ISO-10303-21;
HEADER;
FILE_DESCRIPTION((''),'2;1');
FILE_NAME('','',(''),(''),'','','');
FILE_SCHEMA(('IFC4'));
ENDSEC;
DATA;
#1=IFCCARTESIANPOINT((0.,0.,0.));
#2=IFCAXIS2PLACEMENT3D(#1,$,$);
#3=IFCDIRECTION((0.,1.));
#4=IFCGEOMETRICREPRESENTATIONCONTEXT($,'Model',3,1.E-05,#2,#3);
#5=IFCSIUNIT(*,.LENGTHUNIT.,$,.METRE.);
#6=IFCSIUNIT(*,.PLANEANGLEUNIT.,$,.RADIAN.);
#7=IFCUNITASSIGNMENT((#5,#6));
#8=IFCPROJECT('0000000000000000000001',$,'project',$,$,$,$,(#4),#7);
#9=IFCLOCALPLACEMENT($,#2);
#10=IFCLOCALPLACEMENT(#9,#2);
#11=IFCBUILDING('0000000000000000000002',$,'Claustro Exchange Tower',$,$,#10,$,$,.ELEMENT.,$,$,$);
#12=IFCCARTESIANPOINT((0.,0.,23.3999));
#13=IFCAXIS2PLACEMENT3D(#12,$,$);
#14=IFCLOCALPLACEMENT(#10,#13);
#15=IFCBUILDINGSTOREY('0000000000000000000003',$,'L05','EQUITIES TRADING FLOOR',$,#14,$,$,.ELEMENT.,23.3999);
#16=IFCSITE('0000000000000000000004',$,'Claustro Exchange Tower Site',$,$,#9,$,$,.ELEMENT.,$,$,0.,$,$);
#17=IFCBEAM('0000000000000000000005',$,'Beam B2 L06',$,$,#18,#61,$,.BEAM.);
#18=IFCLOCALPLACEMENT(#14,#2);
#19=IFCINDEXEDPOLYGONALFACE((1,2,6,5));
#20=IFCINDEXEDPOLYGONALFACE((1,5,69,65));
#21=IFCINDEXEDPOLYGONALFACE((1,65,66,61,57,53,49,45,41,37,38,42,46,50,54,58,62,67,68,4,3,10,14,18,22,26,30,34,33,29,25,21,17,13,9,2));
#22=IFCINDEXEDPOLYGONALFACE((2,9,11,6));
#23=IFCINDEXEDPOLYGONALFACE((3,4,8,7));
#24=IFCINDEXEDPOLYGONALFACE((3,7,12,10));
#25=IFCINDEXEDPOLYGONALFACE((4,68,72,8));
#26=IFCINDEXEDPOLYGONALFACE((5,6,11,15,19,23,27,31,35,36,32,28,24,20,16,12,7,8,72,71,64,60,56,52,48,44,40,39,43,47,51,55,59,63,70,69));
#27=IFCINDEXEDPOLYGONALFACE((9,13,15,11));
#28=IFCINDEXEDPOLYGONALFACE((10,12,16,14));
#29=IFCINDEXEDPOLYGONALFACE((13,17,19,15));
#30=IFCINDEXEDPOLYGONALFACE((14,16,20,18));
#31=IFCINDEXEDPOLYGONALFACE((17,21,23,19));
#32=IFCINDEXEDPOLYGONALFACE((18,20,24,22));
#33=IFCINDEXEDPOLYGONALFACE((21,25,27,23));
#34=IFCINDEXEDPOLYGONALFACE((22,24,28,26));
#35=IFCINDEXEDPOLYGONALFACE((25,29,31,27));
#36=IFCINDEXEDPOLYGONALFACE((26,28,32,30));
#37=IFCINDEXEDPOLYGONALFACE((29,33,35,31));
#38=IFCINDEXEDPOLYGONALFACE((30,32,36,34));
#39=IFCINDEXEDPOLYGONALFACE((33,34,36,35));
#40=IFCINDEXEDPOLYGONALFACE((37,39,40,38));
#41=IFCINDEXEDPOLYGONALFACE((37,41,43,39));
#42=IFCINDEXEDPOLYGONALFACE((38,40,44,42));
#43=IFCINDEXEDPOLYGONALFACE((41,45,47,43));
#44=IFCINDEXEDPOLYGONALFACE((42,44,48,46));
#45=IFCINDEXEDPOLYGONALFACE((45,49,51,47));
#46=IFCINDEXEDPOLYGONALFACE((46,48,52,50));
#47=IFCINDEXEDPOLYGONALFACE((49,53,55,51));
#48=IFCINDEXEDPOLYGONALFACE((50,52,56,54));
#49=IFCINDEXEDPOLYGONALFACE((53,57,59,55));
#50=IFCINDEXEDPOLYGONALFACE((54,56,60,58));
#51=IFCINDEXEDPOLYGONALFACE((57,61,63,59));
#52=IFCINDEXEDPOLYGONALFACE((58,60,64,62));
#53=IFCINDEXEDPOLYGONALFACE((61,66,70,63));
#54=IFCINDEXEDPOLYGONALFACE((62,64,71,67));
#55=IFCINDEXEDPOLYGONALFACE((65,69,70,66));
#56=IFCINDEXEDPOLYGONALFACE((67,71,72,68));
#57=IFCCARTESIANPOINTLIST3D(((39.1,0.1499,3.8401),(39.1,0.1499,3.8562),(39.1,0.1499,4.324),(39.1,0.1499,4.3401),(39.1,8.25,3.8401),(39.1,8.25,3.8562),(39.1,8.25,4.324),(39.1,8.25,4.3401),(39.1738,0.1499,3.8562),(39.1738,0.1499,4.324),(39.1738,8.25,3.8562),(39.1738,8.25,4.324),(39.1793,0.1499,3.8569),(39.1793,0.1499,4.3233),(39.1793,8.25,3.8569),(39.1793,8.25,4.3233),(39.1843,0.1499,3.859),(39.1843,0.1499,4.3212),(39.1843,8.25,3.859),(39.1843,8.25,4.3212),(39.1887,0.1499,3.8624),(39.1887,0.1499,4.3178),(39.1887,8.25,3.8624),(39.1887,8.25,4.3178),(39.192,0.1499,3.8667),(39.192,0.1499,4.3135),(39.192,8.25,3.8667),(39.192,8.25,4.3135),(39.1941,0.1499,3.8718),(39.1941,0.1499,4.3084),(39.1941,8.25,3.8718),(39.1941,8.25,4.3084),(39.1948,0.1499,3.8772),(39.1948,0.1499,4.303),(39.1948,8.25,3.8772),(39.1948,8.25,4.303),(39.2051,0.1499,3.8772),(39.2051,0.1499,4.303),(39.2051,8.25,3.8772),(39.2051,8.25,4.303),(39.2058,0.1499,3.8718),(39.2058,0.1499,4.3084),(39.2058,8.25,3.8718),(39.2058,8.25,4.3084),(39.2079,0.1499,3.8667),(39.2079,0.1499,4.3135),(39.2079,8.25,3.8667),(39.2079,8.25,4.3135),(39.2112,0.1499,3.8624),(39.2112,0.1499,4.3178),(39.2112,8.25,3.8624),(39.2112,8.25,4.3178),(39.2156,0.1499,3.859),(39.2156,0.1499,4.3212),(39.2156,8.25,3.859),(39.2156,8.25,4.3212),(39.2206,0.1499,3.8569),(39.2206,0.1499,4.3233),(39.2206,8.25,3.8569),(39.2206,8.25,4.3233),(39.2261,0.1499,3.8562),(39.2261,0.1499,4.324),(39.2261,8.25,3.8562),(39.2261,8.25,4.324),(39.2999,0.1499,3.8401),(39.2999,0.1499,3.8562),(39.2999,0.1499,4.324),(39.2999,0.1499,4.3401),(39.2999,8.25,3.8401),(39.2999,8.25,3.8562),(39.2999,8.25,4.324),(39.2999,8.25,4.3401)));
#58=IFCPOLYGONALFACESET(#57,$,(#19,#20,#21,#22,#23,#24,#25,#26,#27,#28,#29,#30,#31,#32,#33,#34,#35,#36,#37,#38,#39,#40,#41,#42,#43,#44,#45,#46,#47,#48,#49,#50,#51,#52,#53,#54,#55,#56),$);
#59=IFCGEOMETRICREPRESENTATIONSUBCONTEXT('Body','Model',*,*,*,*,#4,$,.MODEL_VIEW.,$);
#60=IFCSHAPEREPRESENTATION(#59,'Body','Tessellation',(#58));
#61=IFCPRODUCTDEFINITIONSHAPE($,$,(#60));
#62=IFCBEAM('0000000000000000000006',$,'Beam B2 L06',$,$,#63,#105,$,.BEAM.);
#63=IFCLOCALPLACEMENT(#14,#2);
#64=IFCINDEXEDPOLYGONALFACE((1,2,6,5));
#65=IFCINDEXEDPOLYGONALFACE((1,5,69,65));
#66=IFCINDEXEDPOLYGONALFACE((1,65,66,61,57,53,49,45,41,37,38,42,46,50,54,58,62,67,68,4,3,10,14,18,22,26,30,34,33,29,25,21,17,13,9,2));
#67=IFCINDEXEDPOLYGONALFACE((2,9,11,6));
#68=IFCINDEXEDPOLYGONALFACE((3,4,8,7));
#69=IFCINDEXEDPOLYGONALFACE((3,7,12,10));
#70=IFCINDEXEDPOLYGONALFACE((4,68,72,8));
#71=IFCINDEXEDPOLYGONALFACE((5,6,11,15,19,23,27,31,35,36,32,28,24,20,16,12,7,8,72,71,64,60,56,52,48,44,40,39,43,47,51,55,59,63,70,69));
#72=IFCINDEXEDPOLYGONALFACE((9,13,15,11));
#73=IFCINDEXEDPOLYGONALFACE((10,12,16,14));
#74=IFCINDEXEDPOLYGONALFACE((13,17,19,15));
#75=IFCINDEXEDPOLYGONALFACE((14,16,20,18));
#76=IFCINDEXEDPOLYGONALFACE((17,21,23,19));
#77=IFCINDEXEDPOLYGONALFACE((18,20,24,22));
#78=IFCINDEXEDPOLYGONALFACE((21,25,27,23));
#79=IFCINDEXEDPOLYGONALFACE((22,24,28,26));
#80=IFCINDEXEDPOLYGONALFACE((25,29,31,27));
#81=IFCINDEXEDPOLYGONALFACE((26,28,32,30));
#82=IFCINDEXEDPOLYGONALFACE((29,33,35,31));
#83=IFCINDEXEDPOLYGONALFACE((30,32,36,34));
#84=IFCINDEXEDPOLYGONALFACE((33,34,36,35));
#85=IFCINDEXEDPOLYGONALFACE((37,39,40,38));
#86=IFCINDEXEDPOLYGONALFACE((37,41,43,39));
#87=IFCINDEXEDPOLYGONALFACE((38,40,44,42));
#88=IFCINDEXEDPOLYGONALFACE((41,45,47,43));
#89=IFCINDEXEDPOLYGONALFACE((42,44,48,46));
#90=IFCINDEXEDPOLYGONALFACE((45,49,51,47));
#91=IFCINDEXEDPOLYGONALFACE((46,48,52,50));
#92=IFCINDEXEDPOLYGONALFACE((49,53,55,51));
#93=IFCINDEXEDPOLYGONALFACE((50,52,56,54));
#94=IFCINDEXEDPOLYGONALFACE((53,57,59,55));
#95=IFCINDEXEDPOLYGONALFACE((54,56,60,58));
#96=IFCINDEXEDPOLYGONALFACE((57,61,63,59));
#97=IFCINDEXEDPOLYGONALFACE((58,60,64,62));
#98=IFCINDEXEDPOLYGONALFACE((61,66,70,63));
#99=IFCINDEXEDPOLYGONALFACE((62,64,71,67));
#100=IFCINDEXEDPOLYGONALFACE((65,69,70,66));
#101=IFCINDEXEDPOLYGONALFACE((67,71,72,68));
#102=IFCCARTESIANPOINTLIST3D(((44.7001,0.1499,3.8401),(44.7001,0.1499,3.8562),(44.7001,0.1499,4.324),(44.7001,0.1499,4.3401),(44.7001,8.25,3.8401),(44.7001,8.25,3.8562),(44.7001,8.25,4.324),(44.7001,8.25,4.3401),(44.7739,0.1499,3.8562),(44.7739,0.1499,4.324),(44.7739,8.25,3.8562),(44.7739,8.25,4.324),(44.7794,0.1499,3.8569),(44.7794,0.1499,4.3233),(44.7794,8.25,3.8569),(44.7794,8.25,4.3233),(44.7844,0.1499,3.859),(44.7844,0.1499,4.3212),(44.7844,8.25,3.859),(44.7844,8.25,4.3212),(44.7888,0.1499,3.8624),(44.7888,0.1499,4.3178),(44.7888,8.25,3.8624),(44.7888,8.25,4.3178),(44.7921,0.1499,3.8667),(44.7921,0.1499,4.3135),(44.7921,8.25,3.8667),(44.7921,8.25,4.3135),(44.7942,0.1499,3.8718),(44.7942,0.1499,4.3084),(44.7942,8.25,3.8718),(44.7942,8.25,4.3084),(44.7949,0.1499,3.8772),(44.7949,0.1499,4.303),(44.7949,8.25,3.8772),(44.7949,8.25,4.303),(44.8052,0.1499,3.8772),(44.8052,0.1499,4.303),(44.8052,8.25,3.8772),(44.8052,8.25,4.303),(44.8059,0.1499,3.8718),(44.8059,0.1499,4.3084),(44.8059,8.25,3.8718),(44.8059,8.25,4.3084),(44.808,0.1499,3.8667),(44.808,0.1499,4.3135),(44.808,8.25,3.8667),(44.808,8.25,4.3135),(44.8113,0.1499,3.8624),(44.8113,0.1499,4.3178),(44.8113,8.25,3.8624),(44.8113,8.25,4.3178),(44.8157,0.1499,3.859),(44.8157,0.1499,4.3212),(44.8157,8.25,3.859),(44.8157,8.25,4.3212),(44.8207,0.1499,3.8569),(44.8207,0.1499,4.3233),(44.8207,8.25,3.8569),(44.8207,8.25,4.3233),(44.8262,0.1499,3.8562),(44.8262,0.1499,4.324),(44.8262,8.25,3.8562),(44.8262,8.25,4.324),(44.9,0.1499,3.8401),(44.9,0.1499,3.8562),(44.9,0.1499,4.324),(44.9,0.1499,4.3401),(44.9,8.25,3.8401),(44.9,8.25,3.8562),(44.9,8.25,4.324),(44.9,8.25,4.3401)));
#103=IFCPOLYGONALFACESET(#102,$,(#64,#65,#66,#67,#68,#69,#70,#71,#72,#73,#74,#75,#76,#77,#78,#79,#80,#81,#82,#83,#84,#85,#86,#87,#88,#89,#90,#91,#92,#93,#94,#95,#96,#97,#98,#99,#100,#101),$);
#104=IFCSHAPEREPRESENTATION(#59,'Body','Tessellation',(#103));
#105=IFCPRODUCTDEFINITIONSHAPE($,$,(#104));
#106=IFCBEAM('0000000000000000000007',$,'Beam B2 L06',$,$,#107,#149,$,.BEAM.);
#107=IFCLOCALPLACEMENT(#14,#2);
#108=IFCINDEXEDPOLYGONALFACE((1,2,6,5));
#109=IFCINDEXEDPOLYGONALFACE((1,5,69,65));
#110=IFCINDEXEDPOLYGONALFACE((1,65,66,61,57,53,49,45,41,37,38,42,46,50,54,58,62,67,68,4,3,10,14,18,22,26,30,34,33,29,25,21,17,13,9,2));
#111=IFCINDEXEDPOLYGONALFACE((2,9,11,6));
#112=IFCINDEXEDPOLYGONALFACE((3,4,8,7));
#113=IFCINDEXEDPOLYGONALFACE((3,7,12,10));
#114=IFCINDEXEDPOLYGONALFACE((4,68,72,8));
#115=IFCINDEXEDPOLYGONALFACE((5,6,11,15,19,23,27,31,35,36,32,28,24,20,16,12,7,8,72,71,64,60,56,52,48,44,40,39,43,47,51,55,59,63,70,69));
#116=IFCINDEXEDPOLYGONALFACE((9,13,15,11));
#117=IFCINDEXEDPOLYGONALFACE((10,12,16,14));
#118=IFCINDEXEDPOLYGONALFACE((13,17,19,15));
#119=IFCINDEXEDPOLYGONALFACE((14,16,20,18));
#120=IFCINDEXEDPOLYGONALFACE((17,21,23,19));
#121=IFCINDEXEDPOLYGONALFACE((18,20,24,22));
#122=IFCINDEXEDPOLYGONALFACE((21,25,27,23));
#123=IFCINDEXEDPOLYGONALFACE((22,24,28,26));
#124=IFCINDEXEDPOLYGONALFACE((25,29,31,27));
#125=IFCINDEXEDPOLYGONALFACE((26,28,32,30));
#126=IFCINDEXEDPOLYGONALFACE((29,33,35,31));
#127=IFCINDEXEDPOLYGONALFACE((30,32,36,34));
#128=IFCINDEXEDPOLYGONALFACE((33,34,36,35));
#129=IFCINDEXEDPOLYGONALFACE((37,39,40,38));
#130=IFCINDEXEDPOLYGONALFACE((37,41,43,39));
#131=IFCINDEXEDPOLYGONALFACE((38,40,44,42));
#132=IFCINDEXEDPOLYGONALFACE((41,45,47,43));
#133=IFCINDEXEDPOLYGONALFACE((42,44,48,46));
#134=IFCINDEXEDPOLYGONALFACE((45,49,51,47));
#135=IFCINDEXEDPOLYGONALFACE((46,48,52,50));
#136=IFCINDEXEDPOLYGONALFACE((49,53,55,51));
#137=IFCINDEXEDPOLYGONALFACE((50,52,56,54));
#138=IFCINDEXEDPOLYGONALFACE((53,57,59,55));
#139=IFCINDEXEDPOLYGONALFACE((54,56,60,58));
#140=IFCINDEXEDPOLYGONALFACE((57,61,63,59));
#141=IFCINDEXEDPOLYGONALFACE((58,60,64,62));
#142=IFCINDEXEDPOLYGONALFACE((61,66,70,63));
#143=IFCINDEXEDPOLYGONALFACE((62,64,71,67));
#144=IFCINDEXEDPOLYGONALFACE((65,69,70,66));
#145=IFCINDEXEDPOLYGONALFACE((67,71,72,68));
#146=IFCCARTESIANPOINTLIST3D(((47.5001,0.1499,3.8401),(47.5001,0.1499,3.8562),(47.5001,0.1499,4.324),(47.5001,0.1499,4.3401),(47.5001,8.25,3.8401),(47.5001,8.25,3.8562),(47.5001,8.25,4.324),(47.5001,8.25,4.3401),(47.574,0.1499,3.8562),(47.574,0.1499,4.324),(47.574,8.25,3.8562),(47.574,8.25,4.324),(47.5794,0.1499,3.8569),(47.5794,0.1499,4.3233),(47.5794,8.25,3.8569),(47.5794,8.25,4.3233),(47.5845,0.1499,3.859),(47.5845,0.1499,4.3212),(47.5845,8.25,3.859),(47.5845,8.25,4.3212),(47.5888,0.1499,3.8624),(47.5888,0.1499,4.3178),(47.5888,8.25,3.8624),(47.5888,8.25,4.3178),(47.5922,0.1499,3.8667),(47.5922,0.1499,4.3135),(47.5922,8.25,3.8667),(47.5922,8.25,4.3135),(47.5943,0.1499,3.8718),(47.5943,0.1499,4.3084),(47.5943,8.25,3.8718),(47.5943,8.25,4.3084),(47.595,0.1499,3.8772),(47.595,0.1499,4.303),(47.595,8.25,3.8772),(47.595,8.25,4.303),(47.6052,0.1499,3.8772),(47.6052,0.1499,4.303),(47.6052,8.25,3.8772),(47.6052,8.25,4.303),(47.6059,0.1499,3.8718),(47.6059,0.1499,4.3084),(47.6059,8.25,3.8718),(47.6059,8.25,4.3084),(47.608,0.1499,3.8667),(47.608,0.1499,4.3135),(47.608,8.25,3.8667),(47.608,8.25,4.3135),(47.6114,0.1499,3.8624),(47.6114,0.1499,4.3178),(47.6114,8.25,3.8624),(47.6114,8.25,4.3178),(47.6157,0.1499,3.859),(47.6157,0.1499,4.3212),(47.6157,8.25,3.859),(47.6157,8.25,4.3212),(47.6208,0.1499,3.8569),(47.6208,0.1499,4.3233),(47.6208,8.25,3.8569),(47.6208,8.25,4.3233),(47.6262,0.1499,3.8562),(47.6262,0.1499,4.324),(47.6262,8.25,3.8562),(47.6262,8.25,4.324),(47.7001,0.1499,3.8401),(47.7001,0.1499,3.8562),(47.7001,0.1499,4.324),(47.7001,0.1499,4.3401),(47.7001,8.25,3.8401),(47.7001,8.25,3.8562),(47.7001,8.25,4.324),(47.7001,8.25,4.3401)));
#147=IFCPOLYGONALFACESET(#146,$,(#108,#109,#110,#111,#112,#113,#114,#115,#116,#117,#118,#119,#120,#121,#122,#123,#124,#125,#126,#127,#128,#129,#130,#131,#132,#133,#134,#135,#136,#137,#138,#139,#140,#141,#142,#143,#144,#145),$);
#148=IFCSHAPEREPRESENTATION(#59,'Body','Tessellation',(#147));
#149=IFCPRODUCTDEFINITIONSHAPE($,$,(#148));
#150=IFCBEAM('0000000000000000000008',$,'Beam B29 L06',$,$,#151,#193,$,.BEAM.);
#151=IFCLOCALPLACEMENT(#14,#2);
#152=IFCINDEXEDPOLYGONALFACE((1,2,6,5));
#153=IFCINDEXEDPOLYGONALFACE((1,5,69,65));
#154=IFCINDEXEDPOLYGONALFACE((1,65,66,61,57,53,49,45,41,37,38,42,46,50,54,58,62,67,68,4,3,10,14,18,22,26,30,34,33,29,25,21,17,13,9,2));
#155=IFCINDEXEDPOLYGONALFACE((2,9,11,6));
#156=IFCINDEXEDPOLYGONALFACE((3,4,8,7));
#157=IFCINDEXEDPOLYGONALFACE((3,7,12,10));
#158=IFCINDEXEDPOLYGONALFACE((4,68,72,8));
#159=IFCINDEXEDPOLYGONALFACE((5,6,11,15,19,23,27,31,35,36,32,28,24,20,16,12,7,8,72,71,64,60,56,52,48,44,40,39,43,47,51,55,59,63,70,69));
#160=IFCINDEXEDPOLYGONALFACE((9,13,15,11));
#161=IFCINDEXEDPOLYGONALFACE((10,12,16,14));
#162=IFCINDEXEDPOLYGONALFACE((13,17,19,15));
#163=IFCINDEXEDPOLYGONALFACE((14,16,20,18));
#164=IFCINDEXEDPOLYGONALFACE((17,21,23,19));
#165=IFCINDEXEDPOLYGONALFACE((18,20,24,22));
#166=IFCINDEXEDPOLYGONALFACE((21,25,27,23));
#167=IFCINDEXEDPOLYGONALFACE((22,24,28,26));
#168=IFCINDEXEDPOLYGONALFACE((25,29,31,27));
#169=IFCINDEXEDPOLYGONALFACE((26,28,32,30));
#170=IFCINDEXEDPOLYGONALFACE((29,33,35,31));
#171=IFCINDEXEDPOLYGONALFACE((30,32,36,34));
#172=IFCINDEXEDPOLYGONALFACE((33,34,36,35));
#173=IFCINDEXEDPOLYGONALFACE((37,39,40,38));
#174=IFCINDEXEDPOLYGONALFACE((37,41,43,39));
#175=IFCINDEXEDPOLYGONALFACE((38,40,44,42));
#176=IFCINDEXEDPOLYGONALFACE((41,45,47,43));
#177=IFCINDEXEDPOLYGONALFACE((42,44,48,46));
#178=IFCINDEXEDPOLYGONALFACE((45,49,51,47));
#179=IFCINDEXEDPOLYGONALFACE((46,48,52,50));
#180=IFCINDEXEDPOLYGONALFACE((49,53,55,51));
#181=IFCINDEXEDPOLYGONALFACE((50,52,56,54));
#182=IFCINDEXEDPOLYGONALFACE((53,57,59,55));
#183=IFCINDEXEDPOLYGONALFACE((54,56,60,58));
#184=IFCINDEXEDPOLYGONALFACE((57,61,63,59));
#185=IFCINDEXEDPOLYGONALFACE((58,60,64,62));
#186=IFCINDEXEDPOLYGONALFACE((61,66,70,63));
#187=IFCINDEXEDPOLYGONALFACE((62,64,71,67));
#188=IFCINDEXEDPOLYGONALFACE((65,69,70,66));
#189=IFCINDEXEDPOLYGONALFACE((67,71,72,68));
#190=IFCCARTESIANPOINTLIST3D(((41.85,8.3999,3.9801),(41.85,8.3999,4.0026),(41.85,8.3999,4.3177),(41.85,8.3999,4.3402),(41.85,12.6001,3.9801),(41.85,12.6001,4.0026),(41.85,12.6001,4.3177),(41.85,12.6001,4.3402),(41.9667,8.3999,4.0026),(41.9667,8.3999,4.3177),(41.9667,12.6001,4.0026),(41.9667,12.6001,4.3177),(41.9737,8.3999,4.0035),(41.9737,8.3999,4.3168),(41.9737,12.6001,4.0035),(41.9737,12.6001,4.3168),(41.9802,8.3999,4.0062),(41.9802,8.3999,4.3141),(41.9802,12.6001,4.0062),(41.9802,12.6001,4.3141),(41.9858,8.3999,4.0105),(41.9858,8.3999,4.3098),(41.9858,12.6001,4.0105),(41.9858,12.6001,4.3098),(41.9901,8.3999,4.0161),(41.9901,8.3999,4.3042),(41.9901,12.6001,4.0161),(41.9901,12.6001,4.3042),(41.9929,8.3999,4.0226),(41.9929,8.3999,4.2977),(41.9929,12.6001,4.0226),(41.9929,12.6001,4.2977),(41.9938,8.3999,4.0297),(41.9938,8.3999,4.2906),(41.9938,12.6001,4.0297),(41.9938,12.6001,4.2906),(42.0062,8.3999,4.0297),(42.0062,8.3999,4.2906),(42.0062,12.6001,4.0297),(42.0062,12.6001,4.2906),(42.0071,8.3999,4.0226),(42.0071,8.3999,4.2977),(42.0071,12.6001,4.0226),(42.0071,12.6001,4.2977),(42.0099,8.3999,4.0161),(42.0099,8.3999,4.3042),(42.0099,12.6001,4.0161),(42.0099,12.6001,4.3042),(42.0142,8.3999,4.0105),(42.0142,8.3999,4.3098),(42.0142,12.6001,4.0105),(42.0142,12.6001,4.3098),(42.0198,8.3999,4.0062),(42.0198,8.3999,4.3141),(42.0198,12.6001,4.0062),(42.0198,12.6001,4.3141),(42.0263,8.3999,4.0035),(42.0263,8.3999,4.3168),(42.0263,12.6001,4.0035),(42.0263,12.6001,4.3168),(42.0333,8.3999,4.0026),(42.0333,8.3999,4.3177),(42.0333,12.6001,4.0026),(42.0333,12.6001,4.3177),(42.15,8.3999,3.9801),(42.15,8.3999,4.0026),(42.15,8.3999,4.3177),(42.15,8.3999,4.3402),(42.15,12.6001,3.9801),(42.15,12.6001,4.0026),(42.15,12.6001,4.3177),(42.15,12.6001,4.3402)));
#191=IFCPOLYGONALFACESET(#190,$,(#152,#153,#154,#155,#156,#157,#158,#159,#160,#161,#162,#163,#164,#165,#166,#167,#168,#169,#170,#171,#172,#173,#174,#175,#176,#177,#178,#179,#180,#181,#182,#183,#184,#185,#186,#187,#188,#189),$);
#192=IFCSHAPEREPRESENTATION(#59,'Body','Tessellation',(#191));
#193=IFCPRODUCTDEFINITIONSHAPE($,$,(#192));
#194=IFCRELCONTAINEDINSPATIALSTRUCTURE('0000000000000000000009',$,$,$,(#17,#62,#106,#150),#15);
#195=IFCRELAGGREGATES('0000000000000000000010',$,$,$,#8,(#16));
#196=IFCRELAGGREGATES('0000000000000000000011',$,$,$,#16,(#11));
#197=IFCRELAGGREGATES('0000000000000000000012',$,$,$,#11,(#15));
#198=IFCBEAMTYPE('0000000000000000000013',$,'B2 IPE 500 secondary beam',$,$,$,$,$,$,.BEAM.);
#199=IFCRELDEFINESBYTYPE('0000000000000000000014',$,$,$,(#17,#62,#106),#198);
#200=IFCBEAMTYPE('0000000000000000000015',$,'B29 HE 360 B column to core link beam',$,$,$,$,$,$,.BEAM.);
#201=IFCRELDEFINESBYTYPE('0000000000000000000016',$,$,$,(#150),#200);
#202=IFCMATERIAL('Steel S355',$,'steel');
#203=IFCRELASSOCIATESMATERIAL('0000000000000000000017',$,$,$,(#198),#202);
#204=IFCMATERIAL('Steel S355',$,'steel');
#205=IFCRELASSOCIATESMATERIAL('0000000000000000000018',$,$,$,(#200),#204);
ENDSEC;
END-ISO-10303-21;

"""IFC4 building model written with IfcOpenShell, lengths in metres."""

from ifc_helpers import new_model, si_unit, direction, frame, origin, origin_2d, place, context, subcontext, project, spatial, i_section, extrude, material, material_profile, profile_set, type_object, element, save


model = new_model("IFC4")

# Units and contexts
model_context = context("Model", 3, precision=1e-05, world=origin(), true_north=direction((0.0, 1.0)))
body_context = subcontext(model_context, "Body", "Model", "MODEL_VIEW")
ifc_project = project(units=[si_unit("LENGTHUNIT", "METRE"), si_unit("PLANEANGLEUNIT", "RADIAN")], contexts=[model_context])

# Site, building, storey
site_placement = place(None, origin())
site = spatial("IfcSite", under=ifc_project, at=site_placement, Name="Claustro Exchange Tower Site", CompositionType="ELEMENT", RefElevation=0.0)
building_placement = place(site_placement, origin())
building = spatial("IfcBuilding", under=site, at=building_placement, Name="Claustro Exchange Tower", CompositionType="ELEMENT")
storey_placement = place(building_placement, frame((0.0, 0.0, 23.3999)))
storey = spatial("IfcBuildingStorey", under=building, at=storey_placement, Name="L05", Description="EQUITIES TRADING FLOOR", CompositionType="ELEMENT", Elevation=23.3999)

# Beams
ifc_material_1 = material(Name="Steel S355", Category="steel")
ifc_material_profile_1 = material_profile(ifc_material_1, i_section(OverallWidth=0.2, OverallDepth=0.5, WebThickness=0.0103, FlangeThickness=0.0161, FilletRadius=0.021, at=origin_2d()), Name="IPE 500")
ifc_profile_set_1 = profile_set([ifc_material_profile_1], Name="Steel S355")
beam_type_1 = type_object("IfcBeamType", Name="B2 IPE 500 secondary beam", PredefinedType="BEAM", material=ifc_profile_set_1)
for number, where, z_axis, x_axis, name in (
    (1, (39.2, 0.1499, 4.0901), (0.0, 1.0, 0.0), (-1.0, 0.0, 0.0), "Beam B2 L06"),
    (2, (44.8, 0.1499, 4.0901), (0.0, 1.0, 0.0), (-1.0, 0.0, 0.0), "Beam B2 L06"),
    (3, (47.6001, 0.1499, 4.0901), (0.0, 1.0, 0.0), (-1.0, 0.0, 0.0), "Beam B2 L06"),
):
    element("IfcBeam", number, at=place(storey_placement, frame(where, z_axis=z_axis, x_axis=x_axis)), inside=storey, type_object=beam_type_1, Name=name, PredefinedType="BEAM", context=body_context, shape_type="SweptSolid", body=[
        extrude(i_section(OverallWidth=0.2, OverallDepth=0.5, WebThickness=0.0103, FlangeThickness=0.0161, FilletRadius=0.021, at=origin_2d()), origin(), (0.0, 0.0, 1.0), 8.1001),
    ])
ifc_material_2 = material(Name="Steel S355", Category="steel")
ifc_material_profile_2 = material_profile(ifc_material_2, i_section(OverallWidth=0.3, OverallDepth=0.3601, WebThickness=0.0125, FlangeThickness=0.0225, FilletRadius=0.0271, at=origin_2d()), Name="HE 360 B")
ifc_profile_set_2 = profile_set([ifc_material_profile_2], Name="Steel S355")
beam_type_2 = type_object("IfcBeamType", Name="B29 HE 360 B column to core link beam", PredefinedType="BEAM", material=ifc_profile_set_2)
beam_placement = place(storey_placement, frame((42.0, 8.3999, 4.1602), z_axis=(0.0, 1.0, 0.0), x_axis=(-1.0, 0.0, 0.0)))
element("IfcBeam", 4, at=beam_placement, inside=storey, type_object=beam_type_2, Name="Beam B29 L06", PredefinedType="BEAM", context=body_context, shape_type="SweptSolid", body=[
    extrude(i_section(OverallWidth=0.3, OverallDepth=0.3601, WebThickness=0.0125, FlangeThickness=0.0225, FilletRadius=0.0271, at=origin_2d()), origin(), (0.0, 0.0, 1.0), 4.2002),
])

save(model, "model.ifc")
